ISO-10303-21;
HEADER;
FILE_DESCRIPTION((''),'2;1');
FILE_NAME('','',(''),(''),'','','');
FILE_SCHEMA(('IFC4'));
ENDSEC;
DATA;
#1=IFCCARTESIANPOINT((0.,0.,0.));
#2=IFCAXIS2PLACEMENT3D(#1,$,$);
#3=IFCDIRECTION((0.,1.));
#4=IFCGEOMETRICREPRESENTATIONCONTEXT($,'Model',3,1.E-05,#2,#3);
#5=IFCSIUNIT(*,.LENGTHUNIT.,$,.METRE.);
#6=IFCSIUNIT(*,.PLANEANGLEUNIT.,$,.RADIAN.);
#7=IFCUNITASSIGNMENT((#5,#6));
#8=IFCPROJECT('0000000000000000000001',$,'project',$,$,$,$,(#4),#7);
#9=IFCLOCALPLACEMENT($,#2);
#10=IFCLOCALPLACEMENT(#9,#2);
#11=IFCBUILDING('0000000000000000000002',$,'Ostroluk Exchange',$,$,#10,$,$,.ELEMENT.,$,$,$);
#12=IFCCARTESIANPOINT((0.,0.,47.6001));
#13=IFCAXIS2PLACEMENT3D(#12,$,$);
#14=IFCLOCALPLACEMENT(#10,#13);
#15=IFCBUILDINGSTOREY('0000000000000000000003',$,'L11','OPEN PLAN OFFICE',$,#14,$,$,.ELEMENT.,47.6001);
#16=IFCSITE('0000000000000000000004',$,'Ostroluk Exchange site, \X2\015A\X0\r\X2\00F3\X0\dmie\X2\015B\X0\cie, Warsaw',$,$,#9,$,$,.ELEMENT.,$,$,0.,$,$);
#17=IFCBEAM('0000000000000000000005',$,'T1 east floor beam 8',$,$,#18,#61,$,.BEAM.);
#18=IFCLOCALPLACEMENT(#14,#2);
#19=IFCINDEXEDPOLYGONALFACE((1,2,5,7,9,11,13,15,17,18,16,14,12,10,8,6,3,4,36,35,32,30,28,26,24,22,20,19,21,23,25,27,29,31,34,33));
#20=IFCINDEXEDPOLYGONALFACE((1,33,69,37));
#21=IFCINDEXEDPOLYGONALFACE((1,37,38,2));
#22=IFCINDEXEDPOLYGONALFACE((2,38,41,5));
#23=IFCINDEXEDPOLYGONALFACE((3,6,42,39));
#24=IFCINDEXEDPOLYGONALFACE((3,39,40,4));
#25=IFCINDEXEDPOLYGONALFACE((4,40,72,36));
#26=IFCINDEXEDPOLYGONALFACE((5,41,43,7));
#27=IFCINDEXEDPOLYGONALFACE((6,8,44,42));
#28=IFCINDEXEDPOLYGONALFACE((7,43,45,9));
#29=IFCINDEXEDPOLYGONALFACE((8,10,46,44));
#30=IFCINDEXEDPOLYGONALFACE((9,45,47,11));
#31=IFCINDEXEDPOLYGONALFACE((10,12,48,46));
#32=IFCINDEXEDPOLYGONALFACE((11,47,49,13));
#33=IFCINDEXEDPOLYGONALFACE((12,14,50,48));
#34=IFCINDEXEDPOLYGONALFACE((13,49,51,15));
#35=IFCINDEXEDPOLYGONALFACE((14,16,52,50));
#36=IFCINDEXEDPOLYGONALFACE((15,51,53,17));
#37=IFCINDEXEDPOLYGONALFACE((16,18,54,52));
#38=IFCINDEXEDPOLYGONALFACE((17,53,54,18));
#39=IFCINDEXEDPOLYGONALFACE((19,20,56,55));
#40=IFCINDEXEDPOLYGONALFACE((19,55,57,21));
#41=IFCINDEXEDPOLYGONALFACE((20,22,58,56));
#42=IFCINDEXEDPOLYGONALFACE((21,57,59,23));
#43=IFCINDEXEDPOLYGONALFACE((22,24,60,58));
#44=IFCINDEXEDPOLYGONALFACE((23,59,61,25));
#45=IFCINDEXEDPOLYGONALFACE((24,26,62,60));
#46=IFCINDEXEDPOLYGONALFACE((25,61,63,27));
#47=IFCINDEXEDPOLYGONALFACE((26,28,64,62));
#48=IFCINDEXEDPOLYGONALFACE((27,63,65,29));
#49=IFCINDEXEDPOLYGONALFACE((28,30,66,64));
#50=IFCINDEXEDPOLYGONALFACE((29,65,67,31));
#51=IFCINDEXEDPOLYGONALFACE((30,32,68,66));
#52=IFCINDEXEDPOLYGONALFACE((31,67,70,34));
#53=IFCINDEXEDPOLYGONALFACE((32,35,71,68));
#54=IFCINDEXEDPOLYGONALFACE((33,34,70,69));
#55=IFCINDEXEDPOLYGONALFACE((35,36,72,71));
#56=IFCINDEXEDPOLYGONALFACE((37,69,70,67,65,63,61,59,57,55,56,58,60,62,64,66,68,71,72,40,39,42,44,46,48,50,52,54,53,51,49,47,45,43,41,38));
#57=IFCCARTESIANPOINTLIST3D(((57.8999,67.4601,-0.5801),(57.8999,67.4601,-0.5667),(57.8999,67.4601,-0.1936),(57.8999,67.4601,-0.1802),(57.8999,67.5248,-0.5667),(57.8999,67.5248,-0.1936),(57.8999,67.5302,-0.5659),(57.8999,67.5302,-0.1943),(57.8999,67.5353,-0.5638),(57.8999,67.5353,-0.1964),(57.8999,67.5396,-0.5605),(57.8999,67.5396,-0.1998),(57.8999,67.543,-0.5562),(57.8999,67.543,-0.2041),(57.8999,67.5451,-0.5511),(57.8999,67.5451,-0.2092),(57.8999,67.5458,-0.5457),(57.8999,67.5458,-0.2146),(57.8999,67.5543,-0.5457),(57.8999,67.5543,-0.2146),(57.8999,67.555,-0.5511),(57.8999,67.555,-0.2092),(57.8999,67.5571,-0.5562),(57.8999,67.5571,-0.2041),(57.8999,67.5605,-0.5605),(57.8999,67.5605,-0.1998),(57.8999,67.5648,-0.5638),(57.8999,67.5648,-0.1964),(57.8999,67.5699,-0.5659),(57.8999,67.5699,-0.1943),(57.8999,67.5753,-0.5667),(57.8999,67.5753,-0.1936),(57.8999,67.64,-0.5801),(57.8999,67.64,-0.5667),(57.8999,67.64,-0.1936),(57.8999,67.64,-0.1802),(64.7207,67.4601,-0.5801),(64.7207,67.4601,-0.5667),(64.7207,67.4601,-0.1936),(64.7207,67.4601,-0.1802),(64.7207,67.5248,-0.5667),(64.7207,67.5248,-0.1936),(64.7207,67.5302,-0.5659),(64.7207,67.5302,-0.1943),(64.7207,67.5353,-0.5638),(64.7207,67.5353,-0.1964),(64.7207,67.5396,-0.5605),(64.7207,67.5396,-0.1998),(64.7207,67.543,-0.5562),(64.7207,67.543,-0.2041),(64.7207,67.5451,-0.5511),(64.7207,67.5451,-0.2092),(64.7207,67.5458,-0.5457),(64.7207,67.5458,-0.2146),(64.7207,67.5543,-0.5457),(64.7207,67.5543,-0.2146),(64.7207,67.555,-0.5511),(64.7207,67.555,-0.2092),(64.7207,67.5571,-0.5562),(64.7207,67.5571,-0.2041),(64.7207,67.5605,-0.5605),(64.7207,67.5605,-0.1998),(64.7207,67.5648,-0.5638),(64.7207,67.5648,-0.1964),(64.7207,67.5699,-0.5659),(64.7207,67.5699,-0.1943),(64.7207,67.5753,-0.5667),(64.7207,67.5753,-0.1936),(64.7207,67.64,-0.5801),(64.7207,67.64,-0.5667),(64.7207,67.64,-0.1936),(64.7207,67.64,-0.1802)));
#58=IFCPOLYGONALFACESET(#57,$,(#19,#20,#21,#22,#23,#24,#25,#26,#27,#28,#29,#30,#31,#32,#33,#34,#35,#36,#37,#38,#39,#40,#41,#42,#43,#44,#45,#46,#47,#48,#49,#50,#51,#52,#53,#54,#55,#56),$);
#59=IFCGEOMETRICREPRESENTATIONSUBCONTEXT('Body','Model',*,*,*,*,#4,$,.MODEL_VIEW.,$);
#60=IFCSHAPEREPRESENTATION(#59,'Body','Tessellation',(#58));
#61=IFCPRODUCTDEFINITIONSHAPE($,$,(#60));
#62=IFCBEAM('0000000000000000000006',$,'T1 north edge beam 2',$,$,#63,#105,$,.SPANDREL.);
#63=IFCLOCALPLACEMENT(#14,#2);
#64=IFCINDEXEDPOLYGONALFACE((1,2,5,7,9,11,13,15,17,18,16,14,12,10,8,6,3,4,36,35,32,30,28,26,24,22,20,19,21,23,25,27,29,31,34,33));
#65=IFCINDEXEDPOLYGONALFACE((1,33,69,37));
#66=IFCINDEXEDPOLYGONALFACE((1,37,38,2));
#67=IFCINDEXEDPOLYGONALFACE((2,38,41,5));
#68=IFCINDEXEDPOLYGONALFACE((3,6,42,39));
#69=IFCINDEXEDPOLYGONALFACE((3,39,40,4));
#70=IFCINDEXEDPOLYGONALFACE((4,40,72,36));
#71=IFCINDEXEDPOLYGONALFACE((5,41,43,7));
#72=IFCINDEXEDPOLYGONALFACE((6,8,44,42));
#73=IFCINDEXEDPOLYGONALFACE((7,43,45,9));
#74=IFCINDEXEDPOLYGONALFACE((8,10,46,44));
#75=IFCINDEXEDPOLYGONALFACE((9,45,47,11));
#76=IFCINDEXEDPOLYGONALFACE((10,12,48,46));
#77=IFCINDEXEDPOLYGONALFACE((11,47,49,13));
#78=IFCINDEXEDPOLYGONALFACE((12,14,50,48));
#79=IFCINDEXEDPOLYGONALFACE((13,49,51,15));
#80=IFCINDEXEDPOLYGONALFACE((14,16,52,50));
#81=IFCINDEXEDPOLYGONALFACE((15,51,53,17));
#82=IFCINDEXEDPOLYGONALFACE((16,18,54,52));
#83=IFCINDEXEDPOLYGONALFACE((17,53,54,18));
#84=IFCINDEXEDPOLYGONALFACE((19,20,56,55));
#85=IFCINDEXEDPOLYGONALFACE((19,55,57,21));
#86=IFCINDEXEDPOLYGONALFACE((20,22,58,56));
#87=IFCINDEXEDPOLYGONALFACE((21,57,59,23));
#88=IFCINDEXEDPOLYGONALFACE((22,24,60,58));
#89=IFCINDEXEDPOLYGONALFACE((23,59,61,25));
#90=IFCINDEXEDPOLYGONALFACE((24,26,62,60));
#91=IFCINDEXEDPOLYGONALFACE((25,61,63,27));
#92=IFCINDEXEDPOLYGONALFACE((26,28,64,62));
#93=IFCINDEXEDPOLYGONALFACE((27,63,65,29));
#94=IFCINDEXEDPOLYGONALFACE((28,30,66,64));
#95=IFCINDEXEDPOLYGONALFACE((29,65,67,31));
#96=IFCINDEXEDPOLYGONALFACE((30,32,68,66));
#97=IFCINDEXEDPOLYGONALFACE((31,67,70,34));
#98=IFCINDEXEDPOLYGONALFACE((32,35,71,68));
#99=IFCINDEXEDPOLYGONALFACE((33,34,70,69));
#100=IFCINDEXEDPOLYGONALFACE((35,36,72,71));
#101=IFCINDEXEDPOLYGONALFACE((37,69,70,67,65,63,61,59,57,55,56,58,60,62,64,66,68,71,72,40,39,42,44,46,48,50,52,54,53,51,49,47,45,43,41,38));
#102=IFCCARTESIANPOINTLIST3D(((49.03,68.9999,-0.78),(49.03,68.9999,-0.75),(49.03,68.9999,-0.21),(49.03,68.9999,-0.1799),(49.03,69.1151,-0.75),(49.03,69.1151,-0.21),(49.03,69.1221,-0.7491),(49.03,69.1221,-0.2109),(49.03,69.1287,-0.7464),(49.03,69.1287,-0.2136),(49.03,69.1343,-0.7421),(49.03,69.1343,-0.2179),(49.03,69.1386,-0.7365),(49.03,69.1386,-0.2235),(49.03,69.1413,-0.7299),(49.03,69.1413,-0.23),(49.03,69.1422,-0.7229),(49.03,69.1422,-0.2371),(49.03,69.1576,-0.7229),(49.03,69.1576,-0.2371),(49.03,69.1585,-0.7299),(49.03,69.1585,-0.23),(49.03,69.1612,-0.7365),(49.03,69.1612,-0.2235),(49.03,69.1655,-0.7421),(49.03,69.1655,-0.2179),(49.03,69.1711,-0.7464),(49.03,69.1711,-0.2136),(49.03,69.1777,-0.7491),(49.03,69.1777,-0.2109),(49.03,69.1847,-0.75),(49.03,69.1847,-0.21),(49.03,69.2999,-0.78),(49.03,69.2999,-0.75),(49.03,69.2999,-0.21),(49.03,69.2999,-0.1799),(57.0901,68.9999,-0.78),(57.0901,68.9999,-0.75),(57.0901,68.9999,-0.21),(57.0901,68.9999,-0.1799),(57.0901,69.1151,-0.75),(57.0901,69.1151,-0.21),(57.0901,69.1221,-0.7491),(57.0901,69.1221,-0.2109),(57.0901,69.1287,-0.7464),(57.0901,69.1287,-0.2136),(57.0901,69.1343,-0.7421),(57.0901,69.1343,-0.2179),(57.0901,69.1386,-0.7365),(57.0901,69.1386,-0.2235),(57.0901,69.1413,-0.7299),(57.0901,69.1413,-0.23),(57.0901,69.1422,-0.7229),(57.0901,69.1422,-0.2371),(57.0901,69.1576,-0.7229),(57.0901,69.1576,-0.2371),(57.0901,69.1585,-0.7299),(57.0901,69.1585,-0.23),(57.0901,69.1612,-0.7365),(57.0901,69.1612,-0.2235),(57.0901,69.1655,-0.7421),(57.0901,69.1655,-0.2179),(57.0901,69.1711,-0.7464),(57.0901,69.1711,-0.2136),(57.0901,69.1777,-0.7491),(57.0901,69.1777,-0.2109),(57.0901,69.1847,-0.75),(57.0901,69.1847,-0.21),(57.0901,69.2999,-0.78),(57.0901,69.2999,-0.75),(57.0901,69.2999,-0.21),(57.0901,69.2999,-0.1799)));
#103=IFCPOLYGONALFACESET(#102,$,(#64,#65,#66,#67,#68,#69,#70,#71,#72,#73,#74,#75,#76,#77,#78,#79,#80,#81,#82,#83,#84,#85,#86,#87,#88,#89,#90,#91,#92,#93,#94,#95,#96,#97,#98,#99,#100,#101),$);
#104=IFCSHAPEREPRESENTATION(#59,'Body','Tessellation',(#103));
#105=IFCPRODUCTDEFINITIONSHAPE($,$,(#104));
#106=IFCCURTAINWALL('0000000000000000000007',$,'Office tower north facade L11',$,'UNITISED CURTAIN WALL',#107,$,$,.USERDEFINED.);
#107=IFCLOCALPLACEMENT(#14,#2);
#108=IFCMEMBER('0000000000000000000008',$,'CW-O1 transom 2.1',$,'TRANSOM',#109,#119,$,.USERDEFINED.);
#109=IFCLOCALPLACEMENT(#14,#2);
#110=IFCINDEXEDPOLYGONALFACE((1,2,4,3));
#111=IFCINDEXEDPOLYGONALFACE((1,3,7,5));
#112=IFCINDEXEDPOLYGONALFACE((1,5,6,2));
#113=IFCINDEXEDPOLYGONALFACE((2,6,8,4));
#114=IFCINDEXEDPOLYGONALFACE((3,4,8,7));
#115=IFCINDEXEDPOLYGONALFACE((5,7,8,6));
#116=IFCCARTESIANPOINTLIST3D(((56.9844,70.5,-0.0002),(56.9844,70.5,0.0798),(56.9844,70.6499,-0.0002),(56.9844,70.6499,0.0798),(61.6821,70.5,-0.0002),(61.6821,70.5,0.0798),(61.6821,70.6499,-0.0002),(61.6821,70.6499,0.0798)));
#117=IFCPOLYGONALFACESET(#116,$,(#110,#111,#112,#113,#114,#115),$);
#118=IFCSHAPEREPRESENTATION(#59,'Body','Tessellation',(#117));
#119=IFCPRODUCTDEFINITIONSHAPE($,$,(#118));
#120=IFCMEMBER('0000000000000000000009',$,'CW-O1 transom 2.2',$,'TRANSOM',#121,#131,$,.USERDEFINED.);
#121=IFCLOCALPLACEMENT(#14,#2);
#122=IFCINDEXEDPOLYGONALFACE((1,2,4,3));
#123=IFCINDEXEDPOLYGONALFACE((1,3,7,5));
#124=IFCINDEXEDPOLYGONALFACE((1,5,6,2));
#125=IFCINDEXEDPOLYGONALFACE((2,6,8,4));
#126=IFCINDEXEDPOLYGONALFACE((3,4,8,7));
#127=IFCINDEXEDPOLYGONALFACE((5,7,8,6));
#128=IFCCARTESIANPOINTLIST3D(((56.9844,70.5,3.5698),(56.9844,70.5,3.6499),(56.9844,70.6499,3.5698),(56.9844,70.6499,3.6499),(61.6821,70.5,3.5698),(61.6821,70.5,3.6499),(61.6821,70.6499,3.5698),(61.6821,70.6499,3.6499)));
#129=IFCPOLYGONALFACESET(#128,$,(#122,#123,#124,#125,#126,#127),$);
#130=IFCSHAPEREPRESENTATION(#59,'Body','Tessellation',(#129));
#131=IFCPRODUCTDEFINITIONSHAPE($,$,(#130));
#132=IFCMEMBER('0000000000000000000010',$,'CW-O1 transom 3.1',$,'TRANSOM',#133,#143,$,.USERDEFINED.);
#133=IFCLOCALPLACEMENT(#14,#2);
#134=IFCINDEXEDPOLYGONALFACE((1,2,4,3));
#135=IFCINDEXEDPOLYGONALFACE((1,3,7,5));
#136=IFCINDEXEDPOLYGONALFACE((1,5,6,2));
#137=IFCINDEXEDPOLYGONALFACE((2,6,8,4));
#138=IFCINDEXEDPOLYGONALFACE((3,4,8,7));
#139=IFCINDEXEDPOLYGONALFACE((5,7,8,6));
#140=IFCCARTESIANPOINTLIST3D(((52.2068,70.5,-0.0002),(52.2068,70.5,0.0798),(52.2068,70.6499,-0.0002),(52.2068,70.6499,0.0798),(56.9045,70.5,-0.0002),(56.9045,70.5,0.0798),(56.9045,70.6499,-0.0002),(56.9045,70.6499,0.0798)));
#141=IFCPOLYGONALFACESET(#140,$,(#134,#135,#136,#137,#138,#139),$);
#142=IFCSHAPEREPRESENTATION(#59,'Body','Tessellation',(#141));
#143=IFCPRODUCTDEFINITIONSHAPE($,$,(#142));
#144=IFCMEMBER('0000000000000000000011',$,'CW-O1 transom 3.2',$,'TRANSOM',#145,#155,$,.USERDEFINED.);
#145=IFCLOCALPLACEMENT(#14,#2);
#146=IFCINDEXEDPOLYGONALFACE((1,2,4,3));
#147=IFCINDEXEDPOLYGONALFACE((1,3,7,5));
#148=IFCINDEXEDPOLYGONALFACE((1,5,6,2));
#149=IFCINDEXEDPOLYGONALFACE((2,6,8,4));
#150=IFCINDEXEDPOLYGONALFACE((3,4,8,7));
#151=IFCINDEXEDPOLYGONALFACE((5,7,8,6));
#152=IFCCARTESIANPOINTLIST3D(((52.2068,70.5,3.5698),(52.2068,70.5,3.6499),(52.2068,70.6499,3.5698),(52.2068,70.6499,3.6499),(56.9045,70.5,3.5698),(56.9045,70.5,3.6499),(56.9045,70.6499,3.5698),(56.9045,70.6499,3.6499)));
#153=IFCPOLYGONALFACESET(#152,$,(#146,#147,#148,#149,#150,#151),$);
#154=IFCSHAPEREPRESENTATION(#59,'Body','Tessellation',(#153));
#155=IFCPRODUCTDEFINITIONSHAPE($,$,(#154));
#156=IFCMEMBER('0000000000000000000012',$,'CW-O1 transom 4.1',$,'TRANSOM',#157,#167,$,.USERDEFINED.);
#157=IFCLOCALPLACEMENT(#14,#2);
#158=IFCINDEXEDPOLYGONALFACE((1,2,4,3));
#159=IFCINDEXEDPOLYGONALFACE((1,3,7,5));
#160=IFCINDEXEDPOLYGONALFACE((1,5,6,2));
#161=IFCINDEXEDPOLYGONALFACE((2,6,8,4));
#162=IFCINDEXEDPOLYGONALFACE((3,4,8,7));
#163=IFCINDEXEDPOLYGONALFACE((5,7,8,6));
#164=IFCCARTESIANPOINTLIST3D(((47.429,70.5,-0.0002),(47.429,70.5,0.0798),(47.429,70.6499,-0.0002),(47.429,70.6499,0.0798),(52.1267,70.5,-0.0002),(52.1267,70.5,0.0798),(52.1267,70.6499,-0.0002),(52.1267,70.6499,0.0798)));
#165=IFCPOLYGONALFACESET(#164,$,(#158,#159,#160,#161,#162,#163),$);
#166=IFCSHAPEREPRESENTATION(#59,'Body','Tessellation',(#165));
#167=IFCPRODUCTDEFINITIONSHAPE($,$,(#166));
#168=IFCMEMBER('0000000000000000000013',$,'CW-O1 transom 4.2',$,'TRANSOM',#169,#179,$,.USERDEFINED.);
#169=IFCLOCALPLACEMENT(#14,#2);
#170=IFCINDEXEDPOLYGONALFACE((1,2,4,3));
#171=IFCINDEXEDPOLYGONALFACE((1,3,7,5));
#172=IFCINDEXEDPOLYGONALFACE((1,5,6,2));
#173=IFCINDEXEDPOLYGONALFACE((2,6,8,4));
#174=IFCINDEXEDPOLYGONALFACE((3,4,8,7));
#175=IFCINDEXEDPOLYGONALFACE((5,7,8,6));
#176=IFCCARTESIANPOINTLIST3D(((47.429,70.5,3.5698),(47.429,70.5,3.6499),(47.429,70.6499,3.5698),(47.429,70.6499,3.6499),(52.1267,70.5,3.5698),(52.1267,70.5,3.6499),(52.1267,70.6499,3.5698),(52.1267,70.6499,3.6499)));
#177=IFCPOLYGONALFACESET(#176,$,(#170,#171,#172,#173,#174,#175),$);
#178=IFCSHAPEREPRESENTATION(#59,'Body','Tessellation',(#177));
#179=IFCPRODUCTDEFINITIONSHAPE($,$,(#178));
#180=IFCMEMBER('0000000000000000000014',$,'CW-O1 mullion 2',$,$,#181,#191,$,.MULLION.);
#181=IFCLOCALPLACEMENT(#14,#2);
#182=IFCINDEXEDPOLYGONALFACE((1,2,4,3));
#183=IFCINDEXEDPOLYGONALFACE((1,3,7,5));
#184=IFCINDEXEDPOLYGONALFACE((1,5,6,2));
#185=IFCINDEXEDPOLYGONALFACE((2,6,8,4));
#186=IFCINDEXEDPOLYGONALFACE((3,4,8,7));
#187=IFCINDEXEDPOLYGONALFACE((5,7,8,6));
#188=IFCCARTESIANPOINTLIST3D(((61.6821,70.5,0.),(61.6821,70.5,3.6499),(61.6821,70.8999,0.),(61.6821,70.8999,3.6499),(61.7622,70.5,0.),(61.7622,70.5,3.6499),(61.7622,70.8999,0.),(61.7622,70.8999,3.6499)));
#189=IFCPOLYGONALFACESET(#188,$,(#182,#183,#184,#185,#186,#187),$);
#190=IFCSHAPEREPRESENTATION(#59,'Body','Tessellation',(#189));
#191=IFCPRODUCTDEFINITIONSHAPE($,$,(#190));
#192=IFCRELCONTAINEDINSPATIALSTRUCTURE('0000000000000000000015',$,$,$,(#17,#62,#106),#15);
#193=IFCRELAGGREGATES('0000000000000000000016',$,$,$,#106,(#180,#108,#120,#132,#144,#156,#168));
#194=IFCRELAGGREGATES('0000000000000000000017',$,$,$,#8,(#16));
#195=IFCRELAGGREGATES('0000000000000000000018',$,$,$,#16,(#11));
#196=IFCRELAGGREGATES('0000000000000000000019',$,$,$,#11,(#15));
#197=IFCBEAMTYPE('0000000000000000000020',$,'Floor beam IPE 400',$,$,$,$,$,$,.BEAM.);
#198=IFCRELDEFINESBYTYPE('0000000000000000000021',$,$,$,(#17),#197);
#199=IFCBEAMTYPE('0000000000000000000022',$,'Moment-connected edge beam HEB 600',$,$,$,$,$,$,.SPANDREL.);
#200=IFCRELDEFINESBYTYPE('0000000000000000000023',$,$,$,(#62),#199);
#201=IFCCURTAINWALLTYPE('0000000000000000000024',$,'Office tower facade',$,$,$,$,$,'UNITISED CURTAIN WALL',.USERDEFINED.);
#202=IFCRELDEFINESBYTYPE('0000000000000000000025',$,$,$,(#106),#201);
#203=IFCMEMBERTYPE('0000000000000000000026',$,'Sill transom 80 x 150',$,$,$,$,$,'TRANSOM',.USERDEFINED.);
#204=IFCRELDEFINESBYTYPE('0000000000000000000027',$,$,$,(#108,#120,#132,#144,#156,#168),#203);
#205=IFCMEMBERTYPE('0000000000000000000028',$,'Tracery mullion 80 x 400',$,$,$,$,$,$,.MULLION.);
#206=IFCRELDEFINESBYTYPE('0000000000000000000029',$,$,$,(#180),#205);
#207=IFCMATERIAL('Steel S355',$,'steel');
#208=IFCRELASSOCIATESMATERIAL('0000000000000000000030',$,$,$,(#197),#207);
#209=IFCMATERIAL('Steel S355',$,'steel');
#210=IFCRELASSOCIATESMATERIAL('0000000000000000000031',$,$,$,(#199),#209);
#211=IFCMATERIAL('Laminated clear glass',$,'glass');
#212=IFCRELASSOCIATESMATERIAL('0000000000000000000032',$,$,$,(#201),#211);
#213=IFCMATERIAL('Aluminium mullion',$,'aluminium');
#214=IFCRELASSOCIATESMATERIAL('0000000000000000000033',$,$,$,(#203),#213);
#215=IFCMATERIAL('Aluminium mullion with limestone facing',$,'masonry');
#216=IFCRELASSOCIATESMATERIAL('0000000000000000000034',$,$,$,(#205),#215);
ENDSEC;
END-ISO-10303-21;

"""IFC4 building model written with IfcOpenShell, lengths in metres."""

from ifc_helpers import new_model, si_unit, direction, frame, origin, origin_2d, place, context, subcontext, project, spatial, rectangle, i_section, extrude, material, material_profile, profile_set, type_object, element, aggregate, save


model = new_model("IFC4")

# Units and contexts
model_context = context("Model", 3, precision=1e-05, world=origin(), true_north=direction((0.0, 1.0)))
body_context = subcontext(model_context, "Body", "Model", "MODEL_VIEW")
ifc_project = project(units=[si_unit("LENGTHUNIT", "METRE"), si_unit("PLANEANGLEUNIT", "RADIAN")], contexts=[model_context])

# Site, building, storey
site_placement = place(None, origin())
site = spatial("IfcSite", under=ifc_project, at=site_placement, Name="Ostroluk Exchange site, Śródmieście, Warsaw", CompositionType="ELEMENT", RefElevation=0.0)
building_placement = place(site_placement, origin())
building = spatial("IfcBuilding", under=site, at=building_placement, Name="Ostroluk Exchange", CompositionType="ELEMENT")
storey_placement = place(building_placement, frame((0.0, 0.0, 47.6001)))
storey = spatial("IfcBuildingStorey", under=building, at=storey_placement, Name="L11", Description="OPEN PLAN OFFICE", CompositionType="ELEMENT", Elevation=47.6001)

# Beams
ifc_material_1 = material(Name="Steel S355", Category="steel")
ifc_material_profile_1 = material_profile(ifc_material_1, i_section(OverallWidth=0.1799, OverallDepth=0.3999, WebThickness=0.0085, FlangeThickness=0.0134, FilletRadius=0.021, at=origin_2d()), Name="IPE 400")
ifc_profile_set_1 = profile_set([ifc_material_profile_1], Name="Steel S355")
beam_type_1 = type_object("IfcBeamType", Name="Floor beam IPE 400", PredefinedType="BEAM", material=ifc_profile_set_1)
beam_1_placement = place(storey_placement, frame((57.8999, 67.55, -0.3801), z_axis=(1.0, 0.0, 0.0), x_axis=(0.0, 1.0, 0.0)))
element("IfcBeam", 1, at=beam_1_placement, inside=storey, type_object=beam_type_1, Name="T1 east floor beam 8", PredefinedType="BEAM", context=body_context, shape_type="SweptSolid", body=[
    extrude(i_section(OverallWidth=0.1799, OverallDepth=0.3999, WebThickness=0.0085, FlangeThickness=0.0134, FilletRadius=0.021, at=origin_2d()), origin(), (0.0, 0.0, 1.0), 6.8208),
])
ifc_material_2 = material(Name="Steel S355", Category="steel")
ifc_material_profile_2 = material_profile(ifc_material_2, i_section(OverallWidth=0.3, OverallDepth=0.6001, WebThickness=0.0154, FlangeThickness=0.03, FilletRadius=0.0271, at=origin_2d()), Name="HEB 600")
ifc_profile_set_2 = profile_set([ifc_material_profile_2], Name="Steel S355")
beam_type_2 = type_object("IfcBeamType", Name="Moment-connected edge beam HEB 600", PredefinedType="SPANDREL", material=ifc_profile_set_2)
beam_2_placement = place(storey_placement, frame((57.0901, 69.1499, -0.48), z_axis=(-1.0, 0.0, 0.0), x_axis=(0.0, -1.0, 0.0)))
element("IfcBeam", 2, at=beam_2_placement, inside=storey, type_object=beam_type_2, Name="T1 north edge beam 2", PredefinedType="SPANDREL", context=body_context, shape_type="SweptSolid", body=[
    extrude(i_section(OverallWidth=0.3, OverallDepth=0.6001, WebThickness=0.0154, FlangeThickness=0.03, FilletRadius=0.0271, at=origin_2d()), origin(), (0.0, 0.0, 1.0), 8.0601),
])

# Curtain wall, members
ifc_material_3 = material(Name="Laminated clear glass", Category="glass")
curtain_wall_type = type_object("IfcCurtainWallType", Name="Office tower facade", ElementType="UNITISED CURTAIN WALL", PredefinedType="USERDEFINED", material=ifc_material_3)
curtain_wall_placement = place(storey_placement, origin())
curtain_wall = element("IfcCurtainWall", 3, at=curtain_wall_placement, inside=storey, type_object=curtain_wall_type, Name="Office tower north facade L11", ObjectType="UNITISED CURTAIN WALL", PredefinedType="USERDEFINED")
ifc_material_4 = material(Name="Aluminium mullion", Category="aluminium")
ifc_material_profile_3 = material_profile(ifc_material_4, rectangle(XDim=0.1499, YDim=0.0801, at=origin_2d()), Name="Sill transom 80 x 150")
ifc_profile_set_3 = profile_set([ifc_material_profile_3], Name="Aluminium mullion")
member_type_1 = type_object("IfcMemberType", Name="Sill transom 80 x 150", ElementType="TRANSOM", PredefinedType="USERDEFINED", material=ifc_profile_set_3)
member_1_placement = place(storey_placement, frame((61.6821, 70.575, 0.0398), z_axis=(-1.0, 0.0, 0.0), x_axis=(0.0, -1.0, 0.0)))
member_1 = element("IfcMember", 4, at=member_1_placement, type_object=member_type_1, Name="CW-O1 transom 2.1", ObjectType="TRANSOM", PredefinedType="USERDEFINED", context=body_context, shape_type="SweptSolid", body=[
    extrude(rectangle(XDim=0.1499, YDim=0.0801, at=origin_2d()), origin(), (0.0, 0.0, 1.0), 4.6978),
])
member_2_placement = place(storey_placement, frame((61.6821, 70.575, 3.6099), z_axis=(-1.0, 0.0, 0.0), x_axis=(0.0, -1.0, 0.0)))
member_2 = element("IfcMember", 5, at=member_2_placement, type_object=member_type_1, Name="CW-O1 transom 2.2", ObjectType="TRANSOM", PredefinedType="USERDEFINED", context=body_context, shape_type="SweptSolid", body=[
    extrude(rectangle(XDim=0.1499, YDim=0.0801, at=origin_2d()), origin(), (0.0, 0.0, 1.0), 4.6978),
])
member_3_placement = place(storey_placement, frame((56.9045, 70.575, 0.0398), z_axis=(-1.0, 0.0, 0.0), x_axis=(0.0, -1.0, 0.0)))
member_3 = element("IfcMember", 6, at=member_3_placement, type_object=member_type_1, Name="CW-O1 transom 3.1", ObjectType="TRANSOM", PredefinedType="USERDEFINED", context=body_context, shape_type="SweptSolid", body=[
    extrude(rectangle(XDim=0.1499, YDim=0.0801, at=origin_2d()), origin(), (0.0, 0.0, 1.0), 4.6978),
])
member_4_placement = place(storey_placement, frame((56.9045, 70.575, 3.6099), z_axis=(-1.0, 0.0, 0.0), x_axis=(0.0, -1.0, 0.0)))
member_4 = element("IfcMember", 7, at=member_4_placement, type_object=member_type_1, Name="CW-O1 transom 3.2", ObjectType="TRANSOM", PredefinedType="USERDEFINED", context=body_context, shape_type="SweptSolid", body=[
    extrude(rectangle(XDim=0.1499, YDim=0.0801, at=origin_2d()), origin(), (0.0, 0.0, 1.0), 4.6978),
])
member_5_placement = place(storey_placement, frame((52.1267, 70.575, 0.0398), z_axis=(-1.0, 0.0, 0.0), x_axis=(0.0, -1.0, 0.0)))
member_5 = element("IfcMember", 8, at=member_5_placement, type_object=member_type_1, Name="CW-O1 transom 4.1", ObjectType="TRANSOM", PredefinedType="USERDEFINED", context=body_context, shape_type="SweptSolid", body=[
    extrude(rectangle(XDim=0.1499, YDim=0.0801, at=origin_2d()), origin(), (0.0, 0.0, 1.0), 4.6978),
])
member_6_placement = place(storey_placement, frame((52.1267, 70.575, 3.6099), z_axis=(-1.0, 0.0, 0.0), x_axis=(0.0, -1.0, 0.0)))
member_6 = element("IfcMember", 9, at=member_6_placement, type_object=member_type_1, Name="CW-O1 transom 4.2", ObjectType="TRANSOM", PredefinedType="USERDEFINED", context=body_context, shape_type="SweptSolid", body=[
    extrude(rectangle(XDim=0.1499, YDim=0.0801, at=origin_2d()), origin(), (0.0, 0.0, 1.0), 4.6978),
])
ifc_material_5 = material(Name="Aluminium mullion with limestone facing", Category="masonry")
ifc_material_profile_4 = material_profile(ifc_material_5, rectangle(XDim=0.3999, YDim=0.0801, at=origin_2d()), Name="Tracery mullion 80 x 400")
ifc_profile_set_4 = profile_set([ifc_material_profile_4], Name="Aluminium mullion with limestone facing")
member_type_2 = type_object("IfcMemberType", Name="Tracery mullion 80 x 400", PredefinedType="MULLION", material=ifc_profile_set_4)
member_7_placement = place(storey_placement, frame((61.7222, 70.7, 0.0), z_axis=(0.0, 0.0, 1.0), x_axis=(0.0, -1.0, 0.0)))
member_7 = element("IfcMember", 10, at=member_7_placement, type_object=member_type_2, Name="CW-O1 mullion 2", PredefinedType="MULLION", context=body_context, shape_type="SweptSolid", body=[
    extrude(rectangle(XDim=0.3999, YDim=0.0801, at=origin_2d()), origin(), (0.0, 0.0, 1.0), 3.6499),
])
aggregate(curtain_wall, [member_7, member_1, member_2, member_3, member_4, member_5, member_6])

save(model, "model.ifc")
